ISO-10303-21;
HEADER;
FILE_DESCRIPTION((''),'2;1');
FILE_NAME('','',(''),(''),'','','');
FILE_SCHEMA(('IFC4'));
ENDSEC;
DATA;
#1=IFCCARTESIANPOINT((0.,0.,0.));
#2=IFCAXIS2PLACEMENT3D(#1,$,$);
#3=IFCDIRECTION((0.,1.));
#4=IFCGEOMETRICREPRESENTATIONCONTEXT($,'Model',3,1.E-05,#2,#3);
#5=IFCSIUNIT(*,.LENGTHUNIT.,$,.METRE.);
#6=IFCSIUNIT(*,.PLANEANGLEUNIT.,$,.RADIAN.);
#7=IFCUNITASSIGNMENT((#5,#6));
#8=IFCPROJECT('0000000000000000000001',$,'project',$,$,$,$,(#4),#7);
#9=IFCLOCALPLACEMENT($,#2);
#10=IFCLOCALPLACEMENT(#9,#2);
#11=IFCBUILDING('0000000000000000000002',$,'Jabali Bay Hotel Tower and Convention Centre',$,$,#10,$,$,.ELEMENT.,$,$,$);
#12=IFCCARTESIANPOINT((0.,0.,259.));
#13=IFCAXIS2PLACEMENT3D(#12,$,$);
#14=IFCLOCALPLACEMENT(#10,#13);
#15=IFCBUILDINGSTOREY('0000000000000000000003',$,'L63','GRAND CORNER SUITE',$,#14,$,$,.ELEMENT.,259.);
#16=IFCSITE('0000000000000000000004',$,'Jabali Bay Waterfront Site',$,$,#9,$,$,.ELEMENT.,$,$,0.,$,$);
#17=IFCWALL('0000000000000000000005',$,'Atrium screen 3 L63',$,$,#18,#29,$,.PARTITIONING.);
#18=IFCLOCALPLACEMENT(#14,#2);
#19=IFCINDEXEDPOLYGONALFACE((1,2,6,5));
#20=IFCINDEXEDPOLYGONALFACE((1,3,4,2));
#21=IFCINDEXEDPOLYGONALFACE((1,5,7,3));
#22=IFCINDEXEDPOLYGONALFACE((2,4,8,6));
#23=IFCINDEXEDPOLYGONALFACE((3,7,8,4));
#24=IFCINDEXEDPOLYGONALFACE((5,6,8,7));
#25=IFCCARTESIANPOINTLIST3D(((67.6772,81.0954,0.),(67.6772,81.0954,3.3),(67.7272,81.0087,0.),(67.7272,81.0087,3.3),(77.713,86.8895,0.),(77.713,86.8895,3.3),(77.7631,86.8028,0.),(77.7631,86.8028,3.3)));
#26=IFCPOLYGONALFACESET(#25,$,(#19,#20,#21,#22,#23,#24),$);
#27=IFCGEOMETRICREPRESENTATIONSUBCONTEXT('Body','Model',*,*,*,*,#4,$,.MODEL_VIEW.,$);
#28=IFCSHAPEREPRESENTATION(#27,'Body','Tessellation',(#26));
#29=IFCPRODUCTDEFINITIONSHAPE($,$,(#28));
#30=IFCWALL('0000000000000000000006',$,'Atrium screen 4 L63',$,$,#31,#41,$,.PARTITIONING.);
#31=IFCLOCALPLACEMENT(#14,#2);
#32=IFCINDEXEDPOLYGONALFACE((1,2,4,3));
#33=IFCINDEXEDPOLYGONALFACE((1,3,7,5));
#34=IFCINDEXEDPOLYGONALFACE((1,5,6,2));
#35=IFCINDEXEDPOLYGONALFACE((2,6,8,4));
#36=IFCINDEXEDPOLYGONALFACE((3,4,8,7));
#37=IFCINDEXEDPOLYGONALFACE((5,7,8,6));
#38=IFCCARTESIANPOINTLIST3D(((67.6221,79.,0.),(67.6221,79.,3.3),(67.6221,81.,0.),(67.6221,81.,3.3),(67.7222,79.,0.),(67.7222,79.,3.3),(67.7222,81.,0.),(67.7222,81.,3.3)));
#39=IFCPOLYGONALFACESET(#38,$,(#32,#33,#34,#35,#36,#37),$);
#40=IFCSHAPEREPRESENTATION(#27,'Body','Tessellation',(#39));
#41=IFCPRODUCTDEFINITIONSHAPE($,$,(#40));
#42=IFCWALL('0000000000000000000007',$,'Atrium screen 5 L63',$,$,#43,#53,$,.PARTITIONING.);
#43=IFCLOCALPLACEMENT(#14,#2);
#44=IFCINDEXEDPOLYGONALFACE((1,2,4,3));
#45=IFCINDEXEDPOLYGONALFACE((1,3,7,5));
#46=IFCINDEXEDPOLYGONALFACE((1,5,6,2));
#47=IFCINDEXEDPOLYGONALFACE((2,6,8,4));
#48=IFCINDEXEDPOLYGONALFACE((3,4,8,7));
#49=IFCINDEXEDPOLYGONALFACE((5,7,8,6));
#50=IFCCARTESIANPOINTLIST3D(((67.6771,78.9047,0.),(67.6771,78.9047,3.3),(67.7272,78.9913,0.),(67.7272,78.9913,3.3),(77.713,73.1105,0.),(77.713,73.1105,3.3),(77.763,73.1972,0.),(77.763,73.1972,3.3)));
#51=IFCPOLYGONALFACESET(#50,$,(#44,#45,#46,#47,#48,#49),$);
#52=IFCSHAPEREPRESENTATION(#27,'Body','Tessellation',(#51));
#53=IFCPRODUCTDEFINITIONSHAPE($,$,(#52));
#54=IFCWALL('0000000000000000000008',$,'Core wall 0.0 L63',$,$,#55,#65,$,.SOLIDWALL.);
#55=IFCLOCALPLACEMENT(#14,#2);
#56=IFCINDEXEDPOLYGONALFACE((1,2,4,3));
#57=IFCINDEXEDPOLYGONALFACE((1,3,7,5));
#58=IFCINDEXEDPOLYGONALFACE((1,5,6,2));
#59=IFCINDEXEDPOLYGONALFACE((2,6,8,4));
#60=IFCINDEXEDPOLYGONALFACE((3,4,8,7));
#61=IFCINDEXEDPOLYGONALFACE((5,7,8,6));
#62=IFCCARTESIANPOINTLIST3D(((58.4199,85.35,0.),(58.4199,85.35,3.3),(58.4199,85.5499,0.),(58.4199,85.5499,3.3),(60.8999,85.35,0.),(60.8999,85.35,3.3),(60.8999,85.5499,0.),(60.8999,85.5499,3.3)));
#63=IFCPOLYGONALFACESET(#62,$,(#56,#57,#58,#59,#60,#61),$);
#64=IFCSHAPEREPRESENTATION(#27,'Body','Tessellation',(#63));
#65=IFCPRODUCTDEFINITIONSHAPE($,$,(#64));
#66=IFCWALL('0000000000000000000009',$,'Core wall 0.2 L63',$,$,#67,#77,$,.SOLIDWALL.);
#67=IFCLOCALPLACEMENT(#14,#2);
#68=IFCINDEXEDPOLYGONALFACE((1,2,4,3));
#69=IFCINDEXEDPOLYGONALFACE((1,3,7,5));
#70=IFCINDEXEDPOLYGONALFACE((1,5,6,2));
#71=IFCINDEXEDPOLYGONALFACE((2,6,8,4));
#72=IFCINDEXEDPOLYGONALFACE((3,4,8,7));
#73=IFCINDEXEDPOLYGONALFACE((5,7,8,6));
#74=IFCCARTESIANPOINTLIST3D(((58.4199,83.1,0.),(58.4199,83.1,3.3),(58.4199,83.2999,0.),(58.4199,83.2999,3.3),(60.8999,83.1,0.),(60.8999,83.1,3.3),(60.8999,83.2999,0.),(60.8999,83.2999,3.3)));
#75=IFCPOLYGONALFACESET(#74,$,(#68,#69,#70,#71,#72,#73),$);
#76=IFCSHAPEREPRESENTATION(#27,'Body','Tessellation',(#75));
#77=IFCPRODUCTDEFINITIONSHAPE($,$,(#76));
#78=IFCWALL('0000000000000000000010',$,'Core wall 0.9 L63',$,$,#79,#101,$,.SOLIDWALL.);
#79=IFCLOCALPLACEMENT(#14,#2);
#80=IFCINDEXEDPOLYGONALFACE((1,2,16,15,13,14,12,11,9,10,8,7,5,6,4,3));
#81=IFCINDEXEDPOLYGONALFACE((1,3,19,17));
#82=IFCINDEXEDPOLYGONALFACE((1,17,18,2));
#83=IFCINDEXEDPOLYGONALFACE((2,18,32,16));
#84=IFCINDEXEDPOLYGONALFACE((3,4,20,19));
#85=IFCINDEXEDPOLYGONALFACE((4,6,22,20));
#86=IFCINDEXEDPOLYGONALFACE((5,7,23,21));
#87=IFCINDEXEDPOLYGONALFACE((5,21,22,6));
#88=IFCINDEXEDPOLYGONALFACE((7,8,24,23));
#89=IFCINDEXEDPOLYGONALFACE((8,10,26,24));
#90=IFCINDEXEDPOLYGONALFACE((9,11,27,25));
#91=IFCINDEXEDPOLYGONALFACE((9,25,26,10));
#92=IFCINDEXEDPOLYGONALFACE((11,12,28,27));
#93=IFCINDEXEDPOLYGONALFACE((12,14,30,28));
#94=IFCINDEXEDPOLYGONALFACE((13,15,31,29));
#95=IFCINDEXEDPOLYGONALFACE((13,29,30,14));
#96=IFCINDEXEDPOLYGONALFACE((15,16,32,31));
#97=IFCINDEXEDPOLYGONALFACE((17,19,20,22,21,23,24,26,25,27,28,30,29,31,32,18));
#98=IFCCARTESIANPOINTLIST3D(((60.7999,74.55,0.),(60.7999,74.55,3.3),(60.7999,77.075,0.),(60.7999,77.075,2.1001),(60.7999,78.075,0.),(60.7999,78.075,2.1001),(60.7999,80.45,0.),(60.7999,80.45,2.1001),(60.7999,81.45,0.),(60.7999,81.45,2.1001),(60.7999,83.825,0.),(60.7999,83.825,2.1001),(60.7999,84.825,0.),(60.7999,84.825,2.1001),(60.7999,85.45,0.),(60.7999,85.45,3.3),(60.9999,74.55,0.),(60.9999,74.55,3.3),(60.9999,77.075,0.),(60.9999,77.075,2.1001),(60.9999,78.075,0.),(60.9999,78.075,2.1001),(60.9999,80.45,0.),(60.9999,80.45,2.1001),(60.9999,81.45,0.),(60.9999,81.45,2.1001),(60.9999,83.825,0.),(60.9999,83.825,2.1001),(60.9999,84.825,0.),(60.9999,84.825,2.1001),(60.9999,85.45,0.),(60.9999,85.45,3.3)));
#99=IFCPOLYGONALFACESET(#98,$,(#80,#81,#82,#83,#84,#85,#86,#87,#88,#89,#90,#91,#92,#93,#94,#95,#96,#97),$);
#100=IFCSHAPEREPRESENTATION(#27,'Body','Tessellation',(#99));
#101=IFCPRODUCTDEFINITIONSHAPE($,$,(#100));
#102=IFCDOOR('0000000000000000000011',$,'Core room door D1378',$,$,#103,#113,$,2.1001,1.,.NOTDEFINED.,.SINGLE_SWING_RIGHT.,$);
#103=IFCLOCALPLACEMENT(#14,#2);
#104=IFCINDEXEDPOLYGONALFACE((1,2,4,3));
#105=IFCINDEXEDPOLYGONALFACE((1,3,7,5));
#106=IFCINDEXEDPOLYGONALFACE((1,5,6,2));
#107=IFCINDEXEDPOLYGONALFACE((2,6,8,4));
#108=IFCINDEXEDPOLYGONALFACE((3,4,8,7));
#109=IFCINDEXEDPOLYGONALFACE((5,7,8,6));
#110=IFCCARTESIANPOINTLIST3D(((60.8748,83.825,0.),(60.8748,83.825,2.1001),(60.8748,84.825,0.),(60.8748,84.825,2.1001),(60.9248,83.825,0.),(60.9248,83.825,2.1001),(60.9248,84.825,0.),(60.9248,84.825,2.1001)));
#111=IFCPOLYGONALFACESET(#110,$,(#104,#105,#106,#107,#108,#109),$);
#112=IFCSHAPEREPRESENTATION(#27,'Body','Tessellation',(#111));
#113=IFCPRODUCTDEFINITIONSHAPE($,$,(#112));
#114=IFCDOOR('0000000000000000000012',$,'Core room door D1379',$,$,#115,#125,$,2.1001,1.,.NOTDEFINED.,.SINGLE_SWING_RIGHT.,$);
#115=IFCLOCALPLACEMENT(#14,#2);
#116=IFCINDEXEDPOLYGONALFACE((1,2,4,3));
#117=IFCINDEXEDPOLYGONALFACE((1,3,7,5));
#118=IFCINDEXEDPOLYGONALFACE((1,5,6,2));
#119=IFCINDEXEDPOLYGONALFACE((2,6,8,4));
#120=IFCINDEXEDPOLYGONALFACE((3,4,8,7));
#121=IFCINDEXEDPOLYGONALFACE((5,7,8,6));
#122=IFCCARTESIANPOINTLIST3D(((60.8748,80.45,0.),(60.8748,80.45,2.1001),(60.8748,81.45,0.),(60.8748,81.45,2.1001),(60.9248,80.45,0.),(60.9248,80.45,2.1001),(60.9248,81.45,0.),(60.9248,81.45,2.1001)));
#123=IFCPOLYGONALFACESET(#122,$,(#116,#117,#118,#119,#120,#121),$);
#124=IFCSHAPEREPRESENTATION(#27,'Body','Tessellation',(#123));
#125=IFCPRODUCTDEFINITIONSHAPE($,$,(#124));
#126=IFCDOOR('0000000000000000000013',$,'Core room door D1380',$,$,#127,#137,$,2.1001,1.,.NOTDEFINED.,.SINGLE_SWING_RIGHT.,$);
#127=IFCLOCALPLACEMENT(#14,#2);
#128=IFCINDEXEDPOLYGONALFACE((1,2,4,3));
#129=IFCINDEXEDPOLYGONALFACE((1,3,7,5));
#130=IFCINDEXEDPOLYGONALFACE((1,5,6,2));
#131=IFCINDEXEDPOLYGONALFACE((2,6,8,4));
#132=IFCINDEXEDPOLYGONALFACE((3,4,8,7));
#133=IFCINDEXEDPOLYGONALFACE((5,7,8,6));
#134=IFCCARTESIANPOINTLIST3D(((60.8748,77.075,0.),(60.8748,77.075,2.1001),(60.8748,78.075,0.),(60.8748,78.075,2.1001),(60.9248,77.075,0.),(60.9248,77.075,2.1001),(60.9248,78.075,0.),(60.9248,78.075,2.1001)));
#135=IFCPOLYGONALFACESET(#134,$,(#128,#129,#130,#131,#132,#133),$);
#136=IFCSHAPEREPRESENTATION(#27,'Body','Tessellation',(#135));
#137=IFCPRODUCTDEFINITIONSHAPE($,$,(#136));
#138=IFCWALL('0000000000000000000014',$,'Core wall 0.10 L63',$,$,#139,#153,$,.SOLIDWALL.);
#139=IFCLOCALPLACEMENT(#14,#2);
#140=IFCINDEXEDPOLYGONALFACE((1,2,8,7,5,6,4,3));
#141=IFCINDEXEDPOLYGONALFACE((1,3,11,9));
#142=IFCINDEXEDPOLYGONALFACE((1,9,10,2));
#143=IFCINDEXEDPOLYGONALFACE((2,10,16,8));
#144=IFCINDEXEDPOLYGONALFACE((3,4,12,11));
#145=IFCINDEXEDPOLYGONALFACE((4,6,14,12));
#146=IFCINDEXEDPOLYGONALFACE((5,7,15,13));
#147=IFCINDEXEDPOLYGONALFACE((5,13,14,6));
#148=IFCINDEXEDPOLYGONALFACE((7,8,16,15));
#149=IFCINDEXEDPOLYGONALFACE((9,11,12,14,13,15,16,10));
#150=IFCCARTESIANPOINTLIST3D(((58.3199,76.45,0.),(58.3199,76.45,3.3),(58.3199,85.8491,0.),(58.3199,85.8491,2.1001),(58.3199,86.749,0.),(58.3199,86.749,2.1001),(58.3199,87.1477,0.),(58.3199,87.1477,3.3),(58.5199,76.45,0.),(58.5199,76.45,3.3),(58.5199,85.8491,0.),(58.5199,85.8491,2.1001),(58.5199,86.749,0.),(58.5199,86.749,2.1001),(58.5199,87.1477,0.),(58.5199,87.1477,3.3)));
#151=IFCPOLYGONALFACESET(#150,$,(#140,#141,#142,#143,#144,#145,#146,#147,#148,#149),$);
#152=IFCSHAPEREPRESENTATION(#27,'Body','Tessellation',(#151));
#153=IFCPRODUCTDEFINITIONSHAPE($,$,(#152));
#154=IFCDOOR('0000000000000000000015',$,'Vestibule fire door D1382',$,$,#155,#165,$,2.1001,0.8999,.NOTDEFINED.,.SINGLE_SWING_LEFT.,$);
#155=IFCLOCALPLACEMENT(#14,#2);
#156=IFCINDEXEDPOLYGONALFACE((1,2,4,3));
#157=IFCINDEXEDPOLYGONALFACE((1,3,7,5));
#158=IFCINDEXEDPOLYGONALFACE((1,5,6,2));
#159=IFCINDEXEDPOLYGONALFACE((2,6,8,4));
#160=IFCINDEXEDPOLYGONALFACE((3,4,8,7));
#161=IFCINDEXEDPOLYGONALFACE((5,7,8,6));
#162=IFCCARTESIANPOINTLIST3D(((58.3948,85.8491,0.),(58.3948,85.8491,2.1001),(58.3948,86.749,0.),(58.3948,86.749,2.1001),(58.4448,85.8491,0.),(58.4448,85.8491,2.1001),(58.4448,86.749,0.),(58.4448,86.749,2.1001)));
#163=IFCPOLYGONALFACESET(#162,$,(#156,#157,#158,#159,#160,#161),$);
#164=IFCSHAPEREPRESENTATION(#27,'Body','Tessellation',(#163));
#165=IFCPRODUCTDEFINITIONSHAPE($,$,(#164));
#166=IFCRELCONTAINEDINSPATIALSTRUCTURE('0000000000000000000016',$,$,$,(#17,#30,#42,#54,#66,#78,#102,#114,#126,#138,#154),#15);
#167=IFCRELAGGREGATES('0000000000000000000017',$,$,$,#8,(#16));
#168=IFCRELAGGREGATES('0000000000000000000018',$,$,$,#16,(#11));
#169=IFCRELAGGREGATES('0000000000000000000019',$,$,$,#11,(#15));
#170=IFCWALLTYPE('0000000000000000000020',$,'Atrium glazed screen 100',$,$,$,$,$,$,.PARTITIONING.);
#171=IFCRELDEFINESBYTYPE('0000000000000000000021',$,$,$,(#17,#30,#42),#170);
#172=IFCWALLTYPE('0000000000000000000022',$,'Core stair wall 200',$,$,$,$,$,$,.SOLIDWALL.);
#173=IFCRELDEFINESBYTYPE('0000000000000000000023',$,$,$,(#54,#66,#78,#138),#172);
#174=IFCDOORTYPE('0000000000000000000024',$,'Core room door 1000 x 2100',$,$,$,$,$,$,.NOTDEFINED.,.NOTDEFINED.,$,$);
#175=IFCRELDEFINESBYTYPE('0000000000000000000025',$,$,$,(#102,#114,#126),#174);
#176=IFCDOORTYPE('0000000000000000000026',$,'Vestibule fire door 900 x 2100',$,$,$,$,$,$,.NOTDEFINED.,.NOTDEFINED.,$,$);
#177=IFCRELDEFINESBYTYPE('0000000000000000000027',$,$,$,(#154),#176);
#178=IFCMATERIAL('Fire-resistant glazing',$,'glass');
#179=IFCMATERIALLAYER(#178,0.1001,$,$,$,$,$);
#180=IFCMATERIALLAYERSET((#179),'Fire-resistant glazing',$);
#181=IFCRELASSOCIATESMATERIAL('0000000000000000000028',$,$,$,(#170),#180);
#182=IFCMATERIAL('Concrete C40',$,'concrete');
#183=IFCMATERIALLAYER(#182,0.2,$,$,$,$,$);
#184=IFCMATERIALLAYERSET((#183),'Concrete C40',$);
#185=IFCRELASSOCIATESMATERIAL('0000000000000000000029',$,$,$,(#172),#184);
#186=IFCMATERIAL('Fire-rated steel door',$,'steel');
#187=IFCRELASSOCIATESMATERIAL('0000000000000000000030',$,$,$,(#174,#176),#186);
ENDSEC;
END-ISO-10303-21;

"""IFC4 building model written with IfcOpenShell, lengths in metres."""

from ifc_helpers import new_model, si_unit, direction, frame, frame_2d, origin, place, context, subcontext, project, spatial, rectangle, extrude, material, layer, layer_set, type_object, element, fill, save


model = new_model("IFC4")

# Units and contexts
model_context = context("Model", 3, precision=1e-05, world=origin(), true_north=direction((0.0, 1.0)))
body_context = subcontext(model_context, "Body", "Model", "MODEL_VIEW")
ifc_project = project(units=[si_unit("LENGTHUNIT", "METRE"), si_unit("PLANEANGLEUNIT", "RADIAN")], contexts=[model_context])

# Site, building, storey
site_placement = place(None, origin())
site = spatial("IfcSite", under=ifc_project, at=site_placement, Name="Jabali Bay Waterfront Site", CompositionType="ELEMENT", RefElevation=0.0)
building_placement = place(site_placement, origin())
building = spatial("IfcBuilding", under=site, at=building_placement, Name="Jabali Bay Hotel Tower and Convention Centre", CompositionType="ELEMENT")
storey_placement = place(building_placement, frame((0.0, 0.0, 259.0)))
storey = spatial("IfcBuildingStorey", under=building, at=storey_placement, Name="L63", Description="GRAND CORNER SUITE", CompositionType="ELEMENT", Elevation=259.0)

# Walls
ifc_material_1 = material(Name="Fire-resistant glazing", Category="glass")
ifc_layer_1 = layer(ifc_material_1, 0.1001)
ifc_layer_set_1 = layer_set([ifc_layer_1], Name="Fire-resistant glazing")
wall_type_1 = type_object("IfcWallType", Name="Atrium glazed screen 100", PredefinedType="PARTITIONING", material=ifc_layer_set_1)
wall_1_placement = place(storey_placement, frame((77.738, 86.8462, 0.0), z_axis=(0.0, 0.0, 1.0), x_axis=(-0.866027, -0.499998, 0.0)))
element("IfcWall", 1, at=wall_1_placement, inside=storey, type_object=wall_type_1, Name="Atrium screen 3 L63", PredefinedType="PARTITIONING", context=body_context, shape_type="SweptSolid", body=[
    extrude(rectangle(XDim=11.5884, YDim=0.1001, at=frame_2d((5.7942, 0.0))), origin(), (0.0, 0.0, 1.0), 3.3),
])
wall_2_placement = place(storey_placement, frame((67.6721, 81.0, 0.0), z_axis=(0.0, 0.0, 1.0), x_axis=(0.0, -1.0, 0.0)))
element("IfcWall", 2, at=wall_2_placement, inside=storey, type_object=wall_type_1, Name="Atrium screen 4 L63", PredefinedType="PARTITIONING", context=body_context, shape_type="SweptSolid", body=[
    extrude(rectangle(XDim=2.0, YDim=0.1001, at=frame_2d((1.0, 0.0))), origin(), (0.0, 0.0, 1.0), 3.3),
])
wall_3_placement = place(storey_placement, frame((67.7021, 78.948, 0.0), z_axis=(0.0, 0.0, 1.0), x_axis=(0.866027, -0.499998, 0.0)))
element("IfcWall", 3, at=wall_3_placement, inside=storey, type_object=wall_type_1, Name="Atrium screen 5 L63", PredefinedType="PARTITIONING", context=body_context, shape_type="SweptSolid", body=[
    extrude(rectangle(XDim=11.5884, YDim=0.1001, at=frame_2d((5.7942, 0.0))), origin(), (0.0, 0.0, 1.0), 3.3),
])
ifc_material_2 = material(Name="Concrete C40", Category="concrete")
ifc_layer_2 = layer(ifc_material_2, 0.2)
ifc_layer_set_2 = layer_set([ifc_layer_2], Name="Concrete C40")
wall_type_2 = type_object("IfcWallType", Name="Core stair wall 200", PredefinedType="SOLIDWALL", material=ifc_layer_set_2)
for number, where, z_axis, x_axis, name in (
    (4, (60.8999, 85.45, 0.0), (0.0, 0.0, 1.0), (-1.0, 0.0, 0.0), "Core wall 0.0 L63"),
    (5, (60.8999, 83.2, 0.0), (0.0, 0.0, 1.0), (-1.0, 0.0, 0.0), "Core wall 0.2 L63"),
):
    element("IfcWall", number, at=place(storey_placement, frame(where, z_axis=z_axis, x_axis=x_axis)), inside=storey, type_object=wall_type_2, Name=name, PredefinedType="SOLIDWALL", context=body_context, shape_type="SweptSolid", body=[
        extrude(rectangle(XDim=2.48, YDim=0.2, at=frame_2d((1.24, 0.0))), origin(), (0.0, 0.0, 1.0), 3.3),
    ])

# Wall, openings, doors
wall_4_placement = place(storey_placement, frame((60.8999, 85.45, 0.0), z_axis=(0.0, 0.0, 1.0), x_axis=(0.0, -1.0, 0.0)))
wall_4 = element("IfcWall", 6, at=wall_4_placement, inside=storey, type_object=wall_type_2, Name="Core wall 0.9 L63", PredefinedType="SOLIDWALL", context=body_context, shape_type="SweptSolid", body=[
    extrude(rectangle(XDim=10.8999, YDim=0.2, at=frame_2d((5.45, 0.0))), origin(), (0.0, 0.0, 1.0), 3.3),
])
opening_1_placement = place(wall_4_placement, frame((0.625, 0.0, 0.0)))
opening_1 = element("IfcOpeningElement", 7, at=opening_1_placement, cuts=wall_4, PredefinedType="OPENING", context=body_context, shape_type="SweptSolid", body=[
    extrude(rectangle(XDim=1.0, YDim=2.1001, at=frame_2d((0.5, 1.05))), frame((0.0, 0.1104, 0.0), z_axis=(0.0, -1.0, 0.0), x_axis=(1.0, 0.0, 0.0)), (0.0, 0.0, 1.0), 0.2209),
])
opening_2_placement = place(wall_4_placement, frame((4.0, 0.0, 0.0)))
opening_2 = element("IfcOpeningElement", 8, at=opening_2_placement, cuts=wall_4, PredefinedType="OPENING", context=body_context, shape_type="SweptSolid", body=[
    extrude(rectangle(XDim=1.0, YDim=2.1001, at=frame_2d((0.5, 1.05))), frame((0.0, 0.1104, 0.0), z_axis=(0.0, -1.0, 0.0), x_axis=(1.0, 0.0, 0.0)), (0.0, 0.0, 1.0), 0.2209),
])
opening_3_placement = place(wall_4_placement, frame((7.375, 0.0, 0.0)))
opening_3 = element("IfcOpeningElement", 9, at=opening_3_placement, cuts=wall_4, PredefinedType="OPENING", context=body_context, shape_type="SweptSolid", body=[
    extrude(rectangle(XDim=1.0, YDim=2.1001, at=frame_2d((0.5, 1.05))), frame((0.0, 0.1104, 0.0), z_axis=(0.0, -1.0, 0.0), x_axis=(1.0, 0.0, 0.0)), (0.0, 0.0, 1.0), 0.2209),
])
ifc_material_3 = material(Name="Fire-rated steel door", Category="steel")
door_type_1 = type_object("IfcDoorType", Name="Core room door 1000 x 2100", OperationType="NOTDEFINED", PredefinedType="NOTDEFINED", material=ifc_material_3)
door_1_placement = place(opening_1_placement, origin())
door_1 = element("IfcDoor", 10, at=door_1_placement, inside=storey, type_object=door_type_1, Name="Core room door D1378", OperationType="SINGLE_SWING_RIGHT", OverallHeight=2.1001, OverallWidth=1.0, PredefinedType="NOTDEFINED", context=body_context, shape_type="SweptSolid", body=[
    extrude(rectangle(XDim=1.0, YDim=2.1001, at=frame_2d((0.5, 1.05))), frame((0.0, 0.0249, 0.0), z_axis=(0.0, -1.0, 0.0), x_axis=(1.0, 0.0, 0.0)), (0.0, 0.0, 1.0), 0.05),
])
fill(opening_1, door_1)
door_2_placement = place(opening_2_placement, origin())
door_2 = element("IfcDoor", 11, at=door_2_placement, inside=storey, type_object=door_type_1, Name="Core room door D1379", OperationType="SINGLE_SWING_RIGHT", OverallHeight=2.1001, OverallWidth=1.0, PredefinedType="NOTDEFINED", context=body_context, shape_type="SweptSolid", body=[
    extrude(rectangle(XDim=1.0, YDim=2.1001, at=frame_2d((0.5, 1.05))), frame((0.0, 0.0249, 0.0), z_axis=(0.0, -1.0, 0.0), x_axis=(1.0, 0.0, 0.0)), (0.0, 0.0, 1.0), 0.05),
])
fill(opening_2, door_2)
door_3_placement = place(opening_3_placement, origin())
door_3 = element("IfcDoor", 12, at=door_3_placement, inside=storey, type_object=door_type_1, Name="Core room door D1380", OperationType="SINGLE_SWING_RIGHT", OverallHeight=2.1001, OverallWidth=1.0, PredefinedType="NOTDEFINED", context=body_context, shape_type="SweptSolid", body=[
    extrude(rectangle(XDim=1.0, YDim=2.1001, at=frame_2d((0.5, 1.05))), frame((0.0, 0.0249, 0.0), z_axis=(0.0, -1.0, 0.0), x_axis=(1.0, 0.0, 0.0)), (0.0, 0.0, 1.0), 0.05),
])
fill(opening_3, door_3)

# Wall, opening, door
wall_5_placement = place(storey_placement, frame((58.4199, 87.1477, 0.0), z_axis=(0.0, 0.0, 1.0), x_axis=(0.0, -1.0, 0.0)))
wall_5 = element("IfcWall", 13, at=wall_5_placement, inside=storey, type_object=wall_type_2, Name="Core wall 0.10 L63", PredefinedType="SOLIDWALL", context=body_context, shape_type="SweptSolid", body=[
    extrude(rectangle(XDim=10.6978, YDim=0.2, at=frame_2d((5.3489, 0.0))), origin(), (0.0, 0.0, 1.0), 3.3),
])
opening_4_placement = place(wall_5_placement, frame((0.3987, 0.0, 0.0)))
opening_4 = element("IfcOpeningElement", 14, at=opening_4_placement, cuts=wall_5, PredefinedType="OPENING", context=body_context, shape_type="SweptSolid", body=[
    extrude(rectangle(XDim=0.8999, YDim=2.1001, at=frame_2d((0.45, 1.05))), frame((0.0, 0.1104, 0.0), z_axis=(0.0, -1.0, 0.0), x_axis=(1.0, 0.0, 0.0)), (0.0, 0.0, 1.0), 0.2209),
])
door_type_2 = type_object("IfcDoorType", Name="Vestibule fire door 900 x 2100", OperationType="NOTDEFINED", PredefinedType="NOTDEFINED", material=ifc_material_3)
door_4_placement = place(opening_4_placement, origin())
door_4 = element("IfcDoor", 15, at=door_4_placement, inside=storey, type_object=door_type_2, Name="Vestibule fire door D1382", OperationType="SINGLE_SWING_LEFT", OverallHeight=2.1001, OverallWidth=0.8999, PredefinedType="NOTDEFINED", context=body_context, shape_type="SweptSolid", body=[
    extrude(rectangle(XDim=0.8999, YDim=2.1001, at=frame_2d((0.45, 1.05))), frame((0.0, 0.0249, 0.0), z_axis=(0.0, -1.0, 0.0), x_axis=(1.0, 0.0, 0.0)), (0.0, 0.0, 1.0), 0.05),
])
fill(opening_4, door_4)

save(model, "model.ifc")
